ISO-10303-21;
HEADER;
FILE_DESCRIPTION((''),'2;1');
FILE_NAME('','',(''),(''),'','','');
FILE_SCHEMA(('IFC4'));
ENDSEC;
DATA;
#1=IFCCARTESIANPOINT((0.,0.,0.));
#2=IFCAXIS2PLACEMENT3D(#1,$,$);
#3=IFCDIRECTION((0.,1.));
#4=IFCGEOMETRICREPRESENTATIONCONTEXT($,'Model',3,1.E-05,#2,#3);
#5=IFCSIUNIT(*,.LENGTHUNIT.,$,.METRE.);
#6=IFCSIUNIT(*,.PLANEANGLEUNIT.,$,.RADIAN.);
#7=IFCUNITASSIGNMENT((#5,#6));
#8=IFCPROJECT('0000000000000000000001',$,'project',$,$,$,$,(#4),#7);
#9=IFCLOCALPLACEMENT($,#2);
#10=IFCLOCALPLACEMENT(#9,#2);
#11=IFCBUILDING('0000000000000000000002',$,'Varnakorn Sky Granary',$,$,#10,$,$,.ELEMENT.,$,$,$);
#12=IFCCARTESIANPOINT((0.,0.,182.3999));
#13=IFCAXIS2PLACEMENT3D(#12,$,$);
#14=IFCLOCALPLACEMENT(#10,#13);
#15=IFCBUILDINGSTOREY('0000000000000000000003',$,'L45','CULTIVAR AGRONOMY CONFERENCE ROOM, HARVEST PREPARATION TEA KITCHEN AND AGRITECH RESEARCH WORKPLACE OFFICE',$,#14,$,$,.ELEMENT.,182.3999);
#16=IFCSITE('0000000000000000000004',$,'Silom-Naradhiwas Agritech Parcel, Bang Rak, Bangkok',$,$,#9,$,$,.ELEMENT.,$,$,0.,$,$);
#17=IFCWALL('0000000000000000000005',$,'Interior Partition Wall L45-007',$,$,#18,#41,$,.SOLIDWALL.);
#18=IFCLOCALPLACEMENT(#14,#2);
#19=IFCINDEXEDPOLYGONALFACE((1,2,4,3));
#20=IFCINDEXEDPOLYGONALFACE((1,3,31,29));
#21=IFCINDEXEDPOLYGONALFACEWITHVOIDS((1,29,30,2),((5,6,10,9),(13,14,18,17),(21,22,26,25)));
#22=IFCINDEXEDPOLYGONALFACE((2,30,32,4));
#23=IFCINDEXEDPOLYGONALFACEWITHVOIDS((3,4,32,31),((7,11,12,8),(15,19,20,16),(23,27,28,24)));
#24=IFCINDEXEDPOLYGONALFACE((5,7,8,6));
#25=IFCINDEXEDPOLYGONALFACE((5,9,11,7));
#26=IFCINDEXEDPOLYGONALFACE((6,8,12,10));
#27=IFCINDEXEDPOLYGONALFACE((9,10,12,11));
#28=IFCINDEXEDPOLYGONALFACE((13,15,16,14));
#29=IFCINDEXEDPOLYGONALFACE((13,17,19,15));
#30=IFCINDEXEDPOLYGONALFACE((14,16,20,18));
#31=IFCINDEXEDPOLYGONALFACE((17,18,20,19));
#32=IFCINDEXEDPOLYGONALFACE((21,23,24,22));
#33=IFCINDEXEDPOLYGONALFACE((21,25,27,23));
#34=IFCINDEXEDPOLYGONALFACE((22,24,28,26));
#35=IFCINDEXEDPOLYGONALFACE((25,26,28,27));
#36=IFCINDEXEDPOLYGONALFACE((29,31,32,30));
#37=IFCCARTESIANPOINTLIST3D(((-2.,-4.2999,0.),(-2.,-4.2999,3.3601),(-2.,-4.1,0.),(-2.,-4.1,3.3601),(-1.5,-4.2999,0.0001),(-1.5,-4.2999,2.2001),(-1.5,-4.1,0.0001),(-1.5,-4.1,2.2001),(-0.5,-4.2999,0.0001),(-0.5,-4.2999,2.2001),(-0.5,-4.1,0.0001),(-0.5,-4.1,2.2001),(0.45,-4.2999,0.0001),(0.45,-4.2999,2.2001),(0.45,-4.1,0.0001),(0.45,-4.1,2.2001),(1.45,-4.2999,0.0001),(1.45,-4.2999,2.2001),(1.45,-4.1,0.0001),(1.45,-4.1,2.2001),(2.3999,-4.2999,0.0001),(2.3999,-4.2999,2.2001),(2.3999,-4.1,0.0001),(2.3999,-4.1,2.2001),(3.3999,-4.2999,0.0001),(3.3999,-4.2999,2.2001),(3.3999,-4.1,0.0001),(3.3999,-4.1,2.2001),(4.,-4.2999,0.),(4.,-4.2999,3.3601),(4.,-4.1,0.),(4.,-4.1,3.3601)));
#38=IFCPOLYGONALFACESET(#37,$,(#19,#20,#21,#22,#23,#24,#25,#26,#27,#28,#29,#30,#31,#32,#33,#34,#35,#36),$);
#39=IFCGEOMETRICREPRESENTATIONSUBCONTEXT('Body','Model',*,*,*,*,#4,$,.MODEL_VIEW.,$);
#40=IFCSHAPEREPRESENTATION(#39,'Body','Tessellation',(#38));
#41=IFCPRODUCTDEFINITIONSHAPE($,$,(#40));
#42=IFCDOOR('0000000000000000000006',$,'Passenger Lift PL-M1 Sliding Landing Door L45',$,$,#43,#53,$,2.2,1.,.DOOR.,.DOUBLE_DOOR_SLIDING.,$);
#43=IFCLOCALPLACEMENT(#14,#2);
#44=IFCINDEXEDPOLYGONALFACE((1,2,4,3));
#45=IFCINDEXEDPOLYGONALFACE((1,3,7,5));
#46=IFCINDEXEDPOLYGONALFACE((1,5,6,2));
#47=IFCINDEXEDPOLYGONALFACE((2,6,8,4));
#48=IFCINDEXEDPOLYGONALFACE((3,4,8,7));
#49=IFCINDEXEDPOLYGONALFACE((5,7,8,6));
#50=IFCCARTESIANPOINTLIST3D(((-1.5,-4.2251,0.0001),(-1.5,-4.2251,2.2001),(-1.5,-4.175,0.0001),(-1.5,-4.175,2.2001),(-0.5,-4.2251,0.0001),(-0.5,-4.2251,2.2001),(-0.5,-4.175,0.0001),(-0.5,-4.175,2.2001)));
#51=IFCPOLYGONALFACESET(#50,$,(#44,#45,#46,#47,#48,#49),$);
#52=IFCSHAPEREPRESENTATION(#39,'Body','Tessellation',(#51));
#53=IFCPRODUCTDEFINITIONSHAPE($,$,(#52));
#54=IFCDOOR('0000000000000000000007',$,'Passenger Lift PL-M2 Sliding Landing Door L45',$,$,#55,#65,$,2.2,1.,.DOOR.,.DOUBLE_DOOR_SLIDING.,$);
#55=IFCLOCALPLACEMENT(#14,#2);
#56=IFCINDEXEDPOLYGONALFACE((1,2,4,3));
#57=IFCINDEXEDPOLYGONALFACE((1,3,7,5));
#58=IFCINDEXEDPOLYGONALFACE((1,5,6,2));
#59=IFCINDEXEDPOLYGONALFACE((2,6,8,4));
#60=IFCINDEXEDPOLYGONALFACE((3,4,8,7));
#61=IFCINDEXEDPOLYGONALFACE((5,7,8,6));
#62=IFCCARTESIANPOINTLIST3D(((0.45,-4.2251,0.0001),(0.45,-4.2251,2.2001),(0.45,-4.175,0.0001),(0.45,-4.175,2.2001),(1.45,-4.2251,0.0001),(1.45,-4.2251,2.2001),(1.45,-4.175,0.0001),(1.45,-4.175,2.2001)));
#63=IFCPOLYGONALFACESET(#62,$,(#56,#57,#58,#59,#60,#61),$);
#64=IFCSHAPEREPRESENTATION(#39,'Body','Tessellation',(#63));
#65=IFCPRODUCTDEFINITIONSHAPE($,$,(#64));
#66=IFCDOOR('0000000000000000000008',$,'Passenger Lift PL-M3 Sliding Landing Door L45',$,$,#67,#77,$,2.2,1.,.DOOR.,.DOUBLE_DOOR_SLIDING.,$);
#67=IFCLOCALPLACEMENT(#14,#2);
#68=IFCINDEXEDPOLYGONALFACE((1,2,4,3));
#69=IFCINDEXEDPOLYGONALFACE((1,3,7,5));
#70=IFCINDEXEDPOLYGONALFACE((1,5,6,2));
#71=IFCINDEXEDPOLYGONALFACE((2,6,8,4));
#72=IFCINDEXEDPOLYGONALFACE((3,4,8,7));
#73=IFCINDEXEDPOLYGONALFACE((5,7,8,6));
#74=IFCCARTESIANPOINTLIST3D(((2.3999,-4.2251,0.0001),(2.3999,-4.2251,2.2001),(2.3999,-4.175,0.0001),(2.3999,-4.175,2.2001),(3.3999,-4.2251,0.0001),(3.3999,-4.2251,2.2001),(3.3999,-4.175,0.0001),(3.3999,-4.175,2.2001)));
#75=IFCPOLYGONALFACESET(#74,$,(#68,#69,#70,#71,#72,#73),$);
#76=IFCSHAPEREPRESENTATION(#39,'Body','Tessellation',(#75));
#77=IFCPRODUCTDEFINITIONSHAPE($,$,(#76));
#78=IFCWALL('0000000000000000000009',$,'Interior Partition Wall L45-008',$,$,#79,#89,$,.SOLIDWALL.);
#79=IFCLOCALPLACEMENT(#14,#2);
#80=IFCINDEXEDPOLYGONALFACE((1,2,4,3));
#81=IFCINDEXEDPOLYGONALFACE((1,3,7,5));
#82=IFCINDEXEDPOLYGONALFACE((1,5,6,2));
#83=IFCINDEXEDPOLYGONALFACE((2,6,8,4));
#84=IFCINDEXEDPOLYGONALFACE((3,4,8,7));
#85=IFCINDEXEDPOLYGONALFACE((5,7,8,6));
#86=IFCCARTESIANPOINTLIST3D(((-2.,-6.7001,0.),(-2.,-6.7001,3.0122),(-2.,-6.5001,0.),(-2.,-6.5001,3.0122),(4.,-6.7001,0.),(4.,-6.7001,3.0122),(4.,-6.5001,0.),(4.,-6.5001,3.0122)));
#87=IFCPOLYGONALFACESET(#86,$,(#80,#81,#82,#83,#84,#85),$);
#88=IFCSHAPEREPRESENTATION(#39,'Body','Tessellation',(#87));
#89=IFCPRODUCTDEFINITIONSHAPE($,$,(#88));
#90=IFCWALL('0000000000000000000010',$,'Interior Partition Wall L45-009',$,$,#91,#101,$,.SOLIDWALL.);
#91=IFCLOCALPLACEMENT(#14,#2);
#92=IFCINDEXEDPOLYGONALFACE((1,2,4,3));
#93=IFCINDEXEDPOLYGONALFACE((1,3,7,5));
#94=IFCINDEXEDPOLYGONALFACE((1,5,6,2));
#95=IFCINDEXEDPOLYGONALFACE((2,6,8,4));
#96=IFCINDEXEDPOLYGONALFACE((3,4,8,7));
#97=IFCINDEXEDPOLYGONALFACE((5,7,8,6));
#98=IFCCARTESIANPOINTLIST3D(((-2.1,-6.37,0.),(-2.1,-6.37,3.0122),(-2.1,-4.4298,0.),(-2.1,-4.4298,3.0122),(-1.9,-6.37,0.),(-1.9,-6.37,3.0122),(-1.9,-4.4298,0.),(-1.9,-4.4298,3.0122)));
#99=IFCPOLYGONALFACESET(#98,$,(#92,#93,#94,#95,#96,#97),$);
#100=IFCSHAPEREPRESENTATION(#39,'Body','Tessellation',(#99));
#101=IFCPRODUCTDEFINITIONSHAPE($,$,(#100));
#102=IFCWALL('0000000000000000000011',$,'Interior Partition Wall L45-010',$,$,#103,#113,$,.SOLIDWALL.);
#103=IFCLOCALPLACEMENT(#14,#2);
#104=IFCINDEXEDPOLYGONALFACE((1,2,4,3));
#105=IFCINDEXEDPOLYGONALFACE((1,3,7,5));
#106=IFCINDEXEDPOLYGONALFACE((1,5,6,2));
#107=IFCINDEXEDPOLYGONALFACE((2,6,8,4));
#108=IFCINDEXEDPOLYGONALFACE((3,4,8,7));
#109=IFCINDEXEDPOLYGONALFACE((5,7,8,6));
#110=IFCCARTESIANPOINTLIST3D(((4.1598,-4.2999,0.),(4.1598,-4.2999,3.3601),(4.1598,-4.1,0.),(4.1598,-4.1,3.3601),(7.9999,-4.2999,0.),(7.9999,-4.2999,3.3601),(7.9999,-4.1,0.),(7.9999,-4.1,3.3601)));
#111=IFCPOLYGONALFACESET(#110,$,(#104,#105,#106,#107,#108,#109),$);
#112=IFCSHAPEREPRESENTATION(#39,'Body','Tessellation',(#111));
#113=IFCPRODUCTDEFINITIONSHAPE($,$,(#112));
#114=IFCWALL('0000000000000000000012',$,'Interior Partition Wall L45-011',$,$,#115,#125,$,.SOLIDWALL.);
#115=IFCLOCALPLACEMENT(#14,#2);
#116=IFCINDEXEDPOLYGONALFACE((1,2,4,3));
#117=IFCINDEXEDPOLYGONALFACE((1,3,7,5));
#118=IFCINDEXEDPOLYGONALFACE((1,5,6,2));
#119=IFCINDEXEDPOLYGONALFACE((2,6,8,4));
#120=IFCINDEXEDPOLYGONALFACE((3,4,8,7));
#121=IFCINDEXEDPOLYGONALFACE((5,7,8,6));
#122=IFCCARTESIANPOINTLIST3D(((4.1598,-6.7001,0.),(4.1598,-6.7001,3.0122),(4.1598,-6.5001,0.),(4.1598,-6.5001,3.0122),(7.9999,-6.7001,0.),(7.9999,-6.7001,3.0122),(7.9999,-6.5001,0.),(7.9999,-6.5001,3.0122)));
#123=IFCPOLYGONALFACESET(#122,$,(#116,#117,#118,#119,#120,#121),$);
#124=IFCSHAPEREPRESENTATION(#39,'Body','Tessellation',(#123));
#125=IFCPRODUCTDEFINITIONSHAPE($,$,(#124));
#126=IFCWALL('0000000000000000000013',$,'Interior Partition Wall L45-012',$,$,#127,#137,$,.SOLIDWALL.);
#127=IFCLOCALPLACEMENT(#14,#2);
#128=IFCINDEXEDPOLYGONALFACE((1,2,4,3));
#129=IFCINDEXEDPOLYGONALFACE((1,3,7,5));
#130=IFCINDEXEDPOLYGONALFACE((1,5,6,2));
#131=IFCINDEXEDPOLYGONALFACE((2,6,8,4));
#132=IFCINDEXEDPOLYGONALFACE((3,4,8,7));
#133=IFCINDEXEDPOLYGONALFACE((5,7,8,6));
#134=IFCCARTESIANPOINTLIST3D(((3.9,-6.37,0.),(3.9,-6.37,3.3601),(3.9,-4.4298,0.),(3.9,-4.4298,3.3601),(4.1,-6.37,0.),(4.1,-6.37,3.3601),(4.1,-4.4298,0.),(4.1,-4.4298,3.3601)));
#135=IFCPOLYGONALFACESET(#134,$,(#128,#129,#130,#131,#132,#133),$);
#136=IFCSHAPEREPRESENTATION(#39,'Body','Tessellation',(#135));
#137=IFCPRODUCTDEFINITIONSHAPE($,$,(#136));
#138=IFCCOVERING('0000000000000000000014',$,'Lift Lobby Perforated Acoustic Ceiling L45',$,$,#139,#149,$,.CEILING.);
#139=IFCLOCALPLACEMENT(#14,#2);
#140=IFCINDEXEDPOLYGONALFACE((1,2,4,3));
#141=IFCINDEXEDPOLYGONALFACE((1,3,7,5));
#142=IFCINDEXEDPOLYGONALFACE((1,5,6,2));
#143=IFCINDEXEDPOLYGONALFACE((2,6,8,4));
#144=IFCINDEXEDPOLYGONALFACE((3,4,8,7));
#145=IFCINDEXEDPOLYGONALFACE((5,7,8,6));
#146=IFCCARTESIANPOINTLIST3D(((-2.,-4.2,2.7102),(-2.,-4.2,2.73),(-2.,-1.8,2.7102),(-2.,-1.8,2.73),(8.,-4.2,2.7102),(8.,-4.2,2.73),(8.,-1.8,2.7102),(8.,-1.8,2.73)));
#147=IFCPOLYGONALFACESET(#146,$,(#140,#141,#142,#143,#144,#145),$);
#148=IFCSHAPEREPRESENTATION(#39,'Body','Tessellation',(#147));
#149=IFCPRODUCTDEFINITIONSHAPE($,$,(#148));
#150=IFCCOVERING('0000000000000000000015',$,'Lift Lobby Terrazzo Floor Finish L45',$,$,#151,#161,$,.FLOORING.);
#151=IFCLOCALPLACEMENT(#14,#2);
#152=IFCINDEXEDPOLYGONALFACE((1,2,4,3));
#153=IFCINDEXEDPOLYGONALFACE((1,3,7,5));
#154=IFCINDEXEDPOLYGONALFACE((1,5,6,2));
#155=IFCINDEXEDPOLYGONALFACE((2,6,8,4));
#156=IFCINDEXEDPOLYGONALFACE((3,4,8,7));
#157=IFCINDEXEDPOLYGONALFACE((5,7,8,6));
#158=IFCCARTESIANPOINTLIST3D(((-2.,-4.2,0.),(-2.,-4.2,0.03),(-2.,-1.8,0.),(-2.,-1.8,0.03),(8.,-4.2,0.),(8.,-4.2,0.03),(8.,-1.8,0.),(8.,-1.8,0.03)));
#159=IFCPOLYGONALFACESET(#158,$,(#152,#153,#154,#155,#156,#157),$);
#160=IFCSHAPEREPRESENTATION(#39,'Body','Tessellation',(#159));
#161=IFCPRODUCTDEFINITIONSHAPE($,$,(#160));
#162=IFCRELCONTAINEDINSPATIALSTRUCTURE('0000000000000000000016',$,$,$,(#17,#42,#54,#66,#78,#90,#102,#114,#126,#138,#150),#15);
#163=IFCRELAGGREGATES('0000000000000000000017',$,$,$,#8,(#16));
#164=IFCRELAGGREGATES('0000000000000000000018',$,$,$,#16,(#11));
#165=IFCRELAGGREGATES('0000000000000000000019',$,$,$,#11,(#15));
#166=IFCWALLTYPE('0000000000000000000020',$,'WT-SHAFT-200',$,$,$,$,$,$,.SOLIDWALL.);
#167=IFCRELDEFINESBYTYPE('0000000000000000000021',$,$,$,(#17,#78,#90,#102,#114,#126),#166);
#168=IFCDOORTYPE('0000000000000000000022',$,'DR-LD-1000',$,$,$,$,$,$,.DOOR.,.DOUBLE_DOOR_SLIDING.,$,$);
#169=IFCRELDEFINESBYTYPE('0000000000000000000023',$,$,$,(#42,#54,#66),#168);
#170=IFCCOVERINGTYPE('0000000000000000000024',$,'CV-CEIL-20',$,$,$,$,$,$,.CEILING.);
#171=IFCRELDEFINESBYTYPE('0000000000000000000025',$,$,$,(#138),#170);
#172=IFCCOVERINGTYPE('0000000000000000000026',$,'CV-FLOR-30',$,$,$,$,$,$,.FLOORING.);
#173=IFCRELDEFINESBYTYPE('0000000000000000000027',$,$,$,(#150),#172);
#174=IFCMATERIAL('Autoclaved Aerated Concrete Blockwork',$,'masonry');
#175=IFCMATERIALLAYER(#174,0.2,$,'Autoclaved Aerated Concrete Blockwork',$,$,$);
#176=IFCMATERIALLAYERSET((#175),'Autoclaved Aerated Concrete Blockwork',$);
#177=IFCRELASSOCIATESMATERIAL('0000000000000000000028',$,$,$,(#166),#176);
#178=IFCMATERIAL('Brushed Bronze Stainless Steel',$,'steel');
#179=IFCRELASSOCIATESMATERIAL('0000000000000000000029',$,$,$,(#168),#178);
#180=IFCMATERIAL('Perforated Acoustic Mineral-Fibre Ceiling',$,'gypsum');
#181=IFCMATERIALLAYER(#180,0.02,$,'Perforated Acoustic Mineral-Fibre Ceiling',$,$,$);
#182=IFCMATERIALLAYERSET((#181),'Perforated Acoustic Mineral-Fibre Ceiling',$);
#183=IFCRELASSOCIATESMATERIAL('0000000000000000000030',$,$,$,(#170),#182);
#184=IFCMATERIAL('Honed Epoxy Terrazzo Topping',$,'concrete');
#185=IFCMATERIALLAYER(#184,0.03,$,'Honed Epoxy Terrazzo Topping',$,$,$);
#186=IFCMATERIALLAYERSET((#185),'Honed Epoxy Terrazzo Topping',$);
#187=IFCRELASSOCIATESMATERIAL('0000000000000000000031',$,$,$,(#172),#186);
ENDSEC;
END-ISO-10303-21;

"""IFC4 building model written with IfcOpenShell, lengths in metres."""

from ifc_helpers import new_model, si_unit, direction, frame, frame_2d, origin, place, context, subcontext, project, spatial, polyline, rectangle, outline, extrude, material, layer, layer_set, type_object, element, fill, save


model = new_model("IFC4")

# Units and contexts
model_context = context("Model", 3, precision=1e-05, world=origin(), true_north=direction((0.0, 1.0)))
body_context = subcontext(model_context, "Body", "Model", "MODEL_VIEW")
ifc_project = project(units=[si_unit("LENGTHUNIT", "METRE"), si_unit("PLANEANGLEUNIT", "RADIAN")], contexts=[model_context])

# Site, building, storey
site_placement = place(None, origin())
site = spatial("IfcSite", under=ifc_project, at=site_placement, Name="Silom-Naradhiwas Agritech Parcel, Bang Rak, Bangkok", CompositionType="ELEMENT", RefElevation=0.0)
building_placement = place(site_placement, origin())
building = spatial("IfcBuilding", under=site, at=building_placement, Name="Varnakorn Sky Granary", CompositionType="ELEMENT")
storey_placement = place(building_placement, frame((0.0, 0.0, 182.3999)))
storey = spatial("IfcBuildingStorey", under=building, at=storey_placement, Name="L45", Description="CULTIVAR AGRONOMY CONFERENCE ROOM, HARVEST PREPARATION TEA KITCHEN AND AGRITECH RESEARCH WORKPLACE OFFICE", CompositionType="ELEMENT", Elevation=182.3999)

# Shared definitions
ifc_material_1 = material(Name="Autoclaved Aerated Concrete Blockwork", Category="masonry")

# Shared definitions
ifc_layer_1 = layer(ifc_material_1, 0.2, Name="Autoclaved Aerated Concrete Blockwork")
ifc_layer_set_1 = layer_set([ifc_layer_1], Name="Autoclaved Aerated Concrete Blockwork")
wall_type_1 = type_object("IfcWallType", Name="WT-SHAFT-200", PredefinedType="SOLIDWALL", material=ifc_layer_set_1)

# Wall, openings, doors
wall_1_placement = place(storey_placement, frame((-2.0, -4.2, 0.0), z_axis=(0.0, 0.0, 1.0), x_axis=(1.0, 0.0, 0.0)))
wall_1 = element("IfcWall", 1, at=wall_1_placement, inside=storey, type_object=wall_type_1, Name="Interior Partition Wall L45-007", PredefinedType="SOLIDWALL", context=body_context, shape_type="SweptSolid", body=[
    extrude(rectangle(XDim=6.0, YDim=0.2, at=frame_2d((3.0, 0.0))), origin(), (0.0, 0.0, 1.0), 3.3601),
])
opening_1_placement = place(wall_1_placement, frame((0.5, 0.0, 0.0)))
opening_1 = element("IfcOpeningElement", 2, at=opening_1_placement, cuts=wall_1, PredefinedType="OPENING", context=body_context, shape_type="SweptSolid", body=[
    extrude(rectangle(XDim=1.0, YDim=2.2, at=frame_2d((0.5, 1.1001))), frame((0.0, 0.1099, 0.0), z_axis=(0.0, -1.0, 0.0), x_axis=(1.0, 0.0, 0.0)), (0.0, 0.0, 1.0), 0.22),
])
opening_2_placement = place(wall_1_placement, frame((2.45, 0.0, 0.0)))
opening_2 = element("IfcOpeningElement", 3, at=opening_2_placement, cuts=wall_1, PredefinedType="OPENING", context=body_context, shape_type="SweptSolid", body=[
    extrude(rectangle(XDim=1.0, YDim=2.2, at=frame_2d((0.5, 1.1001))), frame((0.0, 0.1099, 0.0), z_axis=(0.0, -1.0, 0.0), x_axis=(1.0, 0.0, 0.0)), (0.0, 0.0, 1.0), 0.22),
])
opening_3_placement = place(wall_1_placement, frame((4.3999, 0.0, 0.0)))
opening_3 = element("IfcOpeningElement", 4, at=opening_3_placement, cuts=wall_1, PredefinedType="OPENING", context=body_context, shape_type="SweptSolid", body=[
    extrude(rectangle(XDim=1.0, YDim=2.2, at=frame_2d((0.5, 1.1001))), frame((0.0, 0.1099, 0.0), z_axis=(0.0, -1.0, 0.0), x_axis=(1.0, 0.0, 0.0)), (0.0, 0.0, 1.0), 0.22),
])
ifc_material_2 = material(Name="Brushed Bronze Stainless Steel", Category="steel")
door_type_1 = type_object("IfcDoorType", Name="DR-LD-1000", OperationType="DOUBLE_DOOR_SLIDING", PredefinedType="DOOR", material=ifc_material_2)
door_1_placement = place(opening_1_placement, origin())
door_1 = element("IfcDoor", 5, at=door_1_placement, inside=storey, type_object=door_type_1, Name="Passenger Lift PL-M1 Sliding Landing Door L45", OperationType="DOUBLE_DOOR_SLIDING", OverallHeight=2.2, OverallWidth=1.0, PredefinedType="DOOR", context=body_context, shape_type="SweptSolid", body=[
    extrude(rectangle(XDim=1.0, YDim=2.2, at=frame_2d((0.5, 1.1001))), frame((0.0, 0.0249, 0.0), z_axis=(0.0, -1.0, 0.0), x_axis=(1.0, 0.0, 0.0)), (0.0, 0.0, 1.0), 0.05),
])
fill(opening_1, door_1)
door_2_placement = place(opening_2_placement, origin())
door_2 = element("IfcDoor", 6, at=door_2_placement, inside=storey, type_object=door_type_1, Name="Passenger Lift PL-M2 Sliding Landing Door L45", OperationType="DOUBLE_DOOR_SLIDING", OverallHeight=2.2, OverallWidth=1.0, PredefinedType="DOOR", context=body_context, shape_type="SweptSolid", body=[
    extrude(rectangle(XDim=1.0, YDim=2.2, at=frame_2d((0.5, 1.1001))), frame((0.0, 0.0249, 0.0), z_axis=(0.0, -1.0, 0.0), x_axis=(1.0, 0.0, 0.0)), (0.0, 0.0, 1.0), 0.05),
])
fill(opening_2, door_2)
door_3_placement = place(opening_3_placement, origin())
door_3 = element("IfcDoor", 7, at=door_3_placement, inside=storey, type_object=door_type_1, Name="Passenger Lift PL-M3 Sliding Landing Door L45", OperationType="DOUBLE_DOOR_SLIDING", OverallHeight=2.2, OverallWidth=1.0, PredefinedType="DOOR", context=body_context, shape_type="SweptSolid", body=[
    extrude(rectangle(XDim=1.0, YDim=2.2, at=frame_2d((0.5, 1.1001))), frame((0.0, 0.0249, 0.0), z_axis=(0.0, -1.0, 0.0), x_axis=(1.0, 0.0, 0.0)), (0.0, 0.0, 1.0), 0.05),
])
fill(opening_3, door_3)

# Walls
wall_2_placement = place(storey_placement, frame((-2.0, -6.6001, 0.0), z_axis=(0.0, 0.0, 1.0), x_axis=(1.0, 0.0, 0.0)))
element("IfcWall", 8, at=wall_2_placement, inside=storey, type_object=wall_type_1, Name="Interior Partition Wall L45-008", PredefinedType="SOLIDWALL", context=body_context, shape_type="SweptSolid", body=[
    extrude(rectangle(XDim=6.0, YDim=0.2, at=frame_2d((3.0, 0.0))), origin(), (0.0, 0.0, 1.0), 3.0122),
])
wall_3_placement = place(storey_placement, frame((-2.0, -6.3701, 0.0), z_axis=(0.0, 0.0, 1.0), x_axis=(0.0, 1.0, 0.0)))
element("IfcWall", 9, at=wall_3_placement, inside=storey, type_object=wall_type_1, Name="Interior Partition Wall L45-009", PredefinedType="SOLIDWALL", context=body_context, shape_type="SweptSolid", body=[
    extrude(rectangle(XDim=1.9402, YDim=0.2, at=frame_2d((0.9702, 0.0))), origin(), (0.0, 0.0, 1.0), 3.0122),
])
wall_4_placement = place(storey_placement, frame((4.1599, -4.2, 0.0), z_axis=(0.0, 0.0, 1.0), x_axis=(1.0, 0.0, 0.0)))
element("IfcWall", 10, at=wall_4_placement, inside=storey, type_object=wall_type_1, Name="Interior Partition Wall L45-010", PredefinedType="SOLIDWALL", context=body_context, shape_type="SweptSolid", body=[
    extrude(rectangle(XDim=3.8401, YDim=0.2, at=frame_2d((1.9199, 0.0))), origin(), (0.0, 0.0, 1.0), 3.3601),
])
wall_5_placement = place(storey_placement, frame((4.1599, -6.6001, 0.0), z_axis=(0.0, 0.0, 1.0), x_axis=(1.0, 0.0, 0.0)))
element("IfcWall", 11, at=wall_5_placement, inside=storey, type_object=wall_type_1, Name="Interior Partition Wall L45-011", PredefinedType="SOLIDWALL", context=body_context, shape_type="SweptSolid", body=[
    extrude(rectangle(XDim=3.8401, YDim=0.2, at=frame_2d((1.9199, 0.0))), origin(), (0.0, 0.0, 1.0), 3.0122),
])
wall_6_placement = place(storey_placement, frame((4.0, -6.3701, 0.0), z_axis=(0.0, 0.0, 1.0), x_axis=(0.0, 1.0, 0.0)))
element("IfcWall", 12, at=wall_6_placement, inside=storey, type_object=wall_type_1, Name="Interior Partition Wall L45-012", PredefinedType="SOLIDWALL", context=body_context, shape_type="SweptSolid", body=[
    extrude(rectangle(XDim=1.9402, YDim=0.2, at=frame_2d((0.9702, 0.0))), origin(), (0.0, 0.0, 1.0), 3.3601),
])

# Coverings
ifc_material_3 = material(Name="Perforated Acoustic Mineral-Fibre Ceiling", Category="gypsum")
ifc_layer_2 = layer(ifc_material_3, 0.02, Name="Perforated Acoustic Mineral-Fibre Ceiling")
ifc_layer_set_2 = layer_set([ifc_layer_2], Name="Perforated Acoustic Mineral-Fibre Ceiling")
covering_type_1 = type_object("IfcCoveringType", Name="CV-CEIL-20", PredefinedType="CEILING", material=ifc_layer_set_2)
covering_1_placement = place(storey_placement, frame((0.0, 0.0, 2.7102)))
element("IfcCovering", 13, at=covering_1_placement, inside=storey, type_object=covering_type_1, Name="Lift Lobby Perforated Acoustic Ceiling L45", PredefinedType="CEILING", context=body_context, shape_type="SweptSolid", body=[
    extrude(outline(polyline([(-2.0, -4.2), (8.0, -4.2), (8.0, -1.8), (-2.0, -1.8), (-2.0, -4.2)])), origin(), (0.0, 0.0, 1.0), 0.0198),
])
ifc_material_4 = material(Name="Honed Epoxy Terrazzo Topping", Category="concrete")
ifc_layer_3 = layer(ifc_material_4, 0.03, Name="Honed Epoxy Terrazzo Topping")
ifc_layer_set_3 = layer_set([ifc_layer_3], Name="Honed Epoxy Terrazzo Topping")
covering_type_2 = type_object("IfcCoveringType", Name="CV-FLOR-30", PredefinedType="FLOORING", material=ifc_layer_set_3)
covering_2_placement = place(storey_placement, origin())
element("IfcCovering", 14, at=covering_2_placement, inside=storey, type_object=covering_type_2, Name="Lift Lobby Terrazzo Floor Finish L45", PredefinedType="FLOORING", context=body_context, shape_type="SweptSolid", body=[
    extrude(outline(polyline([(-2.0, -4.2), (8.0, -4.2), (8.0, -1.8), (-2.0, -1.8), (-2.0, -4.2)])), origin(), (0.0, 0.0, 1.0), 0.03),
])

save(model, "model.ifc")
